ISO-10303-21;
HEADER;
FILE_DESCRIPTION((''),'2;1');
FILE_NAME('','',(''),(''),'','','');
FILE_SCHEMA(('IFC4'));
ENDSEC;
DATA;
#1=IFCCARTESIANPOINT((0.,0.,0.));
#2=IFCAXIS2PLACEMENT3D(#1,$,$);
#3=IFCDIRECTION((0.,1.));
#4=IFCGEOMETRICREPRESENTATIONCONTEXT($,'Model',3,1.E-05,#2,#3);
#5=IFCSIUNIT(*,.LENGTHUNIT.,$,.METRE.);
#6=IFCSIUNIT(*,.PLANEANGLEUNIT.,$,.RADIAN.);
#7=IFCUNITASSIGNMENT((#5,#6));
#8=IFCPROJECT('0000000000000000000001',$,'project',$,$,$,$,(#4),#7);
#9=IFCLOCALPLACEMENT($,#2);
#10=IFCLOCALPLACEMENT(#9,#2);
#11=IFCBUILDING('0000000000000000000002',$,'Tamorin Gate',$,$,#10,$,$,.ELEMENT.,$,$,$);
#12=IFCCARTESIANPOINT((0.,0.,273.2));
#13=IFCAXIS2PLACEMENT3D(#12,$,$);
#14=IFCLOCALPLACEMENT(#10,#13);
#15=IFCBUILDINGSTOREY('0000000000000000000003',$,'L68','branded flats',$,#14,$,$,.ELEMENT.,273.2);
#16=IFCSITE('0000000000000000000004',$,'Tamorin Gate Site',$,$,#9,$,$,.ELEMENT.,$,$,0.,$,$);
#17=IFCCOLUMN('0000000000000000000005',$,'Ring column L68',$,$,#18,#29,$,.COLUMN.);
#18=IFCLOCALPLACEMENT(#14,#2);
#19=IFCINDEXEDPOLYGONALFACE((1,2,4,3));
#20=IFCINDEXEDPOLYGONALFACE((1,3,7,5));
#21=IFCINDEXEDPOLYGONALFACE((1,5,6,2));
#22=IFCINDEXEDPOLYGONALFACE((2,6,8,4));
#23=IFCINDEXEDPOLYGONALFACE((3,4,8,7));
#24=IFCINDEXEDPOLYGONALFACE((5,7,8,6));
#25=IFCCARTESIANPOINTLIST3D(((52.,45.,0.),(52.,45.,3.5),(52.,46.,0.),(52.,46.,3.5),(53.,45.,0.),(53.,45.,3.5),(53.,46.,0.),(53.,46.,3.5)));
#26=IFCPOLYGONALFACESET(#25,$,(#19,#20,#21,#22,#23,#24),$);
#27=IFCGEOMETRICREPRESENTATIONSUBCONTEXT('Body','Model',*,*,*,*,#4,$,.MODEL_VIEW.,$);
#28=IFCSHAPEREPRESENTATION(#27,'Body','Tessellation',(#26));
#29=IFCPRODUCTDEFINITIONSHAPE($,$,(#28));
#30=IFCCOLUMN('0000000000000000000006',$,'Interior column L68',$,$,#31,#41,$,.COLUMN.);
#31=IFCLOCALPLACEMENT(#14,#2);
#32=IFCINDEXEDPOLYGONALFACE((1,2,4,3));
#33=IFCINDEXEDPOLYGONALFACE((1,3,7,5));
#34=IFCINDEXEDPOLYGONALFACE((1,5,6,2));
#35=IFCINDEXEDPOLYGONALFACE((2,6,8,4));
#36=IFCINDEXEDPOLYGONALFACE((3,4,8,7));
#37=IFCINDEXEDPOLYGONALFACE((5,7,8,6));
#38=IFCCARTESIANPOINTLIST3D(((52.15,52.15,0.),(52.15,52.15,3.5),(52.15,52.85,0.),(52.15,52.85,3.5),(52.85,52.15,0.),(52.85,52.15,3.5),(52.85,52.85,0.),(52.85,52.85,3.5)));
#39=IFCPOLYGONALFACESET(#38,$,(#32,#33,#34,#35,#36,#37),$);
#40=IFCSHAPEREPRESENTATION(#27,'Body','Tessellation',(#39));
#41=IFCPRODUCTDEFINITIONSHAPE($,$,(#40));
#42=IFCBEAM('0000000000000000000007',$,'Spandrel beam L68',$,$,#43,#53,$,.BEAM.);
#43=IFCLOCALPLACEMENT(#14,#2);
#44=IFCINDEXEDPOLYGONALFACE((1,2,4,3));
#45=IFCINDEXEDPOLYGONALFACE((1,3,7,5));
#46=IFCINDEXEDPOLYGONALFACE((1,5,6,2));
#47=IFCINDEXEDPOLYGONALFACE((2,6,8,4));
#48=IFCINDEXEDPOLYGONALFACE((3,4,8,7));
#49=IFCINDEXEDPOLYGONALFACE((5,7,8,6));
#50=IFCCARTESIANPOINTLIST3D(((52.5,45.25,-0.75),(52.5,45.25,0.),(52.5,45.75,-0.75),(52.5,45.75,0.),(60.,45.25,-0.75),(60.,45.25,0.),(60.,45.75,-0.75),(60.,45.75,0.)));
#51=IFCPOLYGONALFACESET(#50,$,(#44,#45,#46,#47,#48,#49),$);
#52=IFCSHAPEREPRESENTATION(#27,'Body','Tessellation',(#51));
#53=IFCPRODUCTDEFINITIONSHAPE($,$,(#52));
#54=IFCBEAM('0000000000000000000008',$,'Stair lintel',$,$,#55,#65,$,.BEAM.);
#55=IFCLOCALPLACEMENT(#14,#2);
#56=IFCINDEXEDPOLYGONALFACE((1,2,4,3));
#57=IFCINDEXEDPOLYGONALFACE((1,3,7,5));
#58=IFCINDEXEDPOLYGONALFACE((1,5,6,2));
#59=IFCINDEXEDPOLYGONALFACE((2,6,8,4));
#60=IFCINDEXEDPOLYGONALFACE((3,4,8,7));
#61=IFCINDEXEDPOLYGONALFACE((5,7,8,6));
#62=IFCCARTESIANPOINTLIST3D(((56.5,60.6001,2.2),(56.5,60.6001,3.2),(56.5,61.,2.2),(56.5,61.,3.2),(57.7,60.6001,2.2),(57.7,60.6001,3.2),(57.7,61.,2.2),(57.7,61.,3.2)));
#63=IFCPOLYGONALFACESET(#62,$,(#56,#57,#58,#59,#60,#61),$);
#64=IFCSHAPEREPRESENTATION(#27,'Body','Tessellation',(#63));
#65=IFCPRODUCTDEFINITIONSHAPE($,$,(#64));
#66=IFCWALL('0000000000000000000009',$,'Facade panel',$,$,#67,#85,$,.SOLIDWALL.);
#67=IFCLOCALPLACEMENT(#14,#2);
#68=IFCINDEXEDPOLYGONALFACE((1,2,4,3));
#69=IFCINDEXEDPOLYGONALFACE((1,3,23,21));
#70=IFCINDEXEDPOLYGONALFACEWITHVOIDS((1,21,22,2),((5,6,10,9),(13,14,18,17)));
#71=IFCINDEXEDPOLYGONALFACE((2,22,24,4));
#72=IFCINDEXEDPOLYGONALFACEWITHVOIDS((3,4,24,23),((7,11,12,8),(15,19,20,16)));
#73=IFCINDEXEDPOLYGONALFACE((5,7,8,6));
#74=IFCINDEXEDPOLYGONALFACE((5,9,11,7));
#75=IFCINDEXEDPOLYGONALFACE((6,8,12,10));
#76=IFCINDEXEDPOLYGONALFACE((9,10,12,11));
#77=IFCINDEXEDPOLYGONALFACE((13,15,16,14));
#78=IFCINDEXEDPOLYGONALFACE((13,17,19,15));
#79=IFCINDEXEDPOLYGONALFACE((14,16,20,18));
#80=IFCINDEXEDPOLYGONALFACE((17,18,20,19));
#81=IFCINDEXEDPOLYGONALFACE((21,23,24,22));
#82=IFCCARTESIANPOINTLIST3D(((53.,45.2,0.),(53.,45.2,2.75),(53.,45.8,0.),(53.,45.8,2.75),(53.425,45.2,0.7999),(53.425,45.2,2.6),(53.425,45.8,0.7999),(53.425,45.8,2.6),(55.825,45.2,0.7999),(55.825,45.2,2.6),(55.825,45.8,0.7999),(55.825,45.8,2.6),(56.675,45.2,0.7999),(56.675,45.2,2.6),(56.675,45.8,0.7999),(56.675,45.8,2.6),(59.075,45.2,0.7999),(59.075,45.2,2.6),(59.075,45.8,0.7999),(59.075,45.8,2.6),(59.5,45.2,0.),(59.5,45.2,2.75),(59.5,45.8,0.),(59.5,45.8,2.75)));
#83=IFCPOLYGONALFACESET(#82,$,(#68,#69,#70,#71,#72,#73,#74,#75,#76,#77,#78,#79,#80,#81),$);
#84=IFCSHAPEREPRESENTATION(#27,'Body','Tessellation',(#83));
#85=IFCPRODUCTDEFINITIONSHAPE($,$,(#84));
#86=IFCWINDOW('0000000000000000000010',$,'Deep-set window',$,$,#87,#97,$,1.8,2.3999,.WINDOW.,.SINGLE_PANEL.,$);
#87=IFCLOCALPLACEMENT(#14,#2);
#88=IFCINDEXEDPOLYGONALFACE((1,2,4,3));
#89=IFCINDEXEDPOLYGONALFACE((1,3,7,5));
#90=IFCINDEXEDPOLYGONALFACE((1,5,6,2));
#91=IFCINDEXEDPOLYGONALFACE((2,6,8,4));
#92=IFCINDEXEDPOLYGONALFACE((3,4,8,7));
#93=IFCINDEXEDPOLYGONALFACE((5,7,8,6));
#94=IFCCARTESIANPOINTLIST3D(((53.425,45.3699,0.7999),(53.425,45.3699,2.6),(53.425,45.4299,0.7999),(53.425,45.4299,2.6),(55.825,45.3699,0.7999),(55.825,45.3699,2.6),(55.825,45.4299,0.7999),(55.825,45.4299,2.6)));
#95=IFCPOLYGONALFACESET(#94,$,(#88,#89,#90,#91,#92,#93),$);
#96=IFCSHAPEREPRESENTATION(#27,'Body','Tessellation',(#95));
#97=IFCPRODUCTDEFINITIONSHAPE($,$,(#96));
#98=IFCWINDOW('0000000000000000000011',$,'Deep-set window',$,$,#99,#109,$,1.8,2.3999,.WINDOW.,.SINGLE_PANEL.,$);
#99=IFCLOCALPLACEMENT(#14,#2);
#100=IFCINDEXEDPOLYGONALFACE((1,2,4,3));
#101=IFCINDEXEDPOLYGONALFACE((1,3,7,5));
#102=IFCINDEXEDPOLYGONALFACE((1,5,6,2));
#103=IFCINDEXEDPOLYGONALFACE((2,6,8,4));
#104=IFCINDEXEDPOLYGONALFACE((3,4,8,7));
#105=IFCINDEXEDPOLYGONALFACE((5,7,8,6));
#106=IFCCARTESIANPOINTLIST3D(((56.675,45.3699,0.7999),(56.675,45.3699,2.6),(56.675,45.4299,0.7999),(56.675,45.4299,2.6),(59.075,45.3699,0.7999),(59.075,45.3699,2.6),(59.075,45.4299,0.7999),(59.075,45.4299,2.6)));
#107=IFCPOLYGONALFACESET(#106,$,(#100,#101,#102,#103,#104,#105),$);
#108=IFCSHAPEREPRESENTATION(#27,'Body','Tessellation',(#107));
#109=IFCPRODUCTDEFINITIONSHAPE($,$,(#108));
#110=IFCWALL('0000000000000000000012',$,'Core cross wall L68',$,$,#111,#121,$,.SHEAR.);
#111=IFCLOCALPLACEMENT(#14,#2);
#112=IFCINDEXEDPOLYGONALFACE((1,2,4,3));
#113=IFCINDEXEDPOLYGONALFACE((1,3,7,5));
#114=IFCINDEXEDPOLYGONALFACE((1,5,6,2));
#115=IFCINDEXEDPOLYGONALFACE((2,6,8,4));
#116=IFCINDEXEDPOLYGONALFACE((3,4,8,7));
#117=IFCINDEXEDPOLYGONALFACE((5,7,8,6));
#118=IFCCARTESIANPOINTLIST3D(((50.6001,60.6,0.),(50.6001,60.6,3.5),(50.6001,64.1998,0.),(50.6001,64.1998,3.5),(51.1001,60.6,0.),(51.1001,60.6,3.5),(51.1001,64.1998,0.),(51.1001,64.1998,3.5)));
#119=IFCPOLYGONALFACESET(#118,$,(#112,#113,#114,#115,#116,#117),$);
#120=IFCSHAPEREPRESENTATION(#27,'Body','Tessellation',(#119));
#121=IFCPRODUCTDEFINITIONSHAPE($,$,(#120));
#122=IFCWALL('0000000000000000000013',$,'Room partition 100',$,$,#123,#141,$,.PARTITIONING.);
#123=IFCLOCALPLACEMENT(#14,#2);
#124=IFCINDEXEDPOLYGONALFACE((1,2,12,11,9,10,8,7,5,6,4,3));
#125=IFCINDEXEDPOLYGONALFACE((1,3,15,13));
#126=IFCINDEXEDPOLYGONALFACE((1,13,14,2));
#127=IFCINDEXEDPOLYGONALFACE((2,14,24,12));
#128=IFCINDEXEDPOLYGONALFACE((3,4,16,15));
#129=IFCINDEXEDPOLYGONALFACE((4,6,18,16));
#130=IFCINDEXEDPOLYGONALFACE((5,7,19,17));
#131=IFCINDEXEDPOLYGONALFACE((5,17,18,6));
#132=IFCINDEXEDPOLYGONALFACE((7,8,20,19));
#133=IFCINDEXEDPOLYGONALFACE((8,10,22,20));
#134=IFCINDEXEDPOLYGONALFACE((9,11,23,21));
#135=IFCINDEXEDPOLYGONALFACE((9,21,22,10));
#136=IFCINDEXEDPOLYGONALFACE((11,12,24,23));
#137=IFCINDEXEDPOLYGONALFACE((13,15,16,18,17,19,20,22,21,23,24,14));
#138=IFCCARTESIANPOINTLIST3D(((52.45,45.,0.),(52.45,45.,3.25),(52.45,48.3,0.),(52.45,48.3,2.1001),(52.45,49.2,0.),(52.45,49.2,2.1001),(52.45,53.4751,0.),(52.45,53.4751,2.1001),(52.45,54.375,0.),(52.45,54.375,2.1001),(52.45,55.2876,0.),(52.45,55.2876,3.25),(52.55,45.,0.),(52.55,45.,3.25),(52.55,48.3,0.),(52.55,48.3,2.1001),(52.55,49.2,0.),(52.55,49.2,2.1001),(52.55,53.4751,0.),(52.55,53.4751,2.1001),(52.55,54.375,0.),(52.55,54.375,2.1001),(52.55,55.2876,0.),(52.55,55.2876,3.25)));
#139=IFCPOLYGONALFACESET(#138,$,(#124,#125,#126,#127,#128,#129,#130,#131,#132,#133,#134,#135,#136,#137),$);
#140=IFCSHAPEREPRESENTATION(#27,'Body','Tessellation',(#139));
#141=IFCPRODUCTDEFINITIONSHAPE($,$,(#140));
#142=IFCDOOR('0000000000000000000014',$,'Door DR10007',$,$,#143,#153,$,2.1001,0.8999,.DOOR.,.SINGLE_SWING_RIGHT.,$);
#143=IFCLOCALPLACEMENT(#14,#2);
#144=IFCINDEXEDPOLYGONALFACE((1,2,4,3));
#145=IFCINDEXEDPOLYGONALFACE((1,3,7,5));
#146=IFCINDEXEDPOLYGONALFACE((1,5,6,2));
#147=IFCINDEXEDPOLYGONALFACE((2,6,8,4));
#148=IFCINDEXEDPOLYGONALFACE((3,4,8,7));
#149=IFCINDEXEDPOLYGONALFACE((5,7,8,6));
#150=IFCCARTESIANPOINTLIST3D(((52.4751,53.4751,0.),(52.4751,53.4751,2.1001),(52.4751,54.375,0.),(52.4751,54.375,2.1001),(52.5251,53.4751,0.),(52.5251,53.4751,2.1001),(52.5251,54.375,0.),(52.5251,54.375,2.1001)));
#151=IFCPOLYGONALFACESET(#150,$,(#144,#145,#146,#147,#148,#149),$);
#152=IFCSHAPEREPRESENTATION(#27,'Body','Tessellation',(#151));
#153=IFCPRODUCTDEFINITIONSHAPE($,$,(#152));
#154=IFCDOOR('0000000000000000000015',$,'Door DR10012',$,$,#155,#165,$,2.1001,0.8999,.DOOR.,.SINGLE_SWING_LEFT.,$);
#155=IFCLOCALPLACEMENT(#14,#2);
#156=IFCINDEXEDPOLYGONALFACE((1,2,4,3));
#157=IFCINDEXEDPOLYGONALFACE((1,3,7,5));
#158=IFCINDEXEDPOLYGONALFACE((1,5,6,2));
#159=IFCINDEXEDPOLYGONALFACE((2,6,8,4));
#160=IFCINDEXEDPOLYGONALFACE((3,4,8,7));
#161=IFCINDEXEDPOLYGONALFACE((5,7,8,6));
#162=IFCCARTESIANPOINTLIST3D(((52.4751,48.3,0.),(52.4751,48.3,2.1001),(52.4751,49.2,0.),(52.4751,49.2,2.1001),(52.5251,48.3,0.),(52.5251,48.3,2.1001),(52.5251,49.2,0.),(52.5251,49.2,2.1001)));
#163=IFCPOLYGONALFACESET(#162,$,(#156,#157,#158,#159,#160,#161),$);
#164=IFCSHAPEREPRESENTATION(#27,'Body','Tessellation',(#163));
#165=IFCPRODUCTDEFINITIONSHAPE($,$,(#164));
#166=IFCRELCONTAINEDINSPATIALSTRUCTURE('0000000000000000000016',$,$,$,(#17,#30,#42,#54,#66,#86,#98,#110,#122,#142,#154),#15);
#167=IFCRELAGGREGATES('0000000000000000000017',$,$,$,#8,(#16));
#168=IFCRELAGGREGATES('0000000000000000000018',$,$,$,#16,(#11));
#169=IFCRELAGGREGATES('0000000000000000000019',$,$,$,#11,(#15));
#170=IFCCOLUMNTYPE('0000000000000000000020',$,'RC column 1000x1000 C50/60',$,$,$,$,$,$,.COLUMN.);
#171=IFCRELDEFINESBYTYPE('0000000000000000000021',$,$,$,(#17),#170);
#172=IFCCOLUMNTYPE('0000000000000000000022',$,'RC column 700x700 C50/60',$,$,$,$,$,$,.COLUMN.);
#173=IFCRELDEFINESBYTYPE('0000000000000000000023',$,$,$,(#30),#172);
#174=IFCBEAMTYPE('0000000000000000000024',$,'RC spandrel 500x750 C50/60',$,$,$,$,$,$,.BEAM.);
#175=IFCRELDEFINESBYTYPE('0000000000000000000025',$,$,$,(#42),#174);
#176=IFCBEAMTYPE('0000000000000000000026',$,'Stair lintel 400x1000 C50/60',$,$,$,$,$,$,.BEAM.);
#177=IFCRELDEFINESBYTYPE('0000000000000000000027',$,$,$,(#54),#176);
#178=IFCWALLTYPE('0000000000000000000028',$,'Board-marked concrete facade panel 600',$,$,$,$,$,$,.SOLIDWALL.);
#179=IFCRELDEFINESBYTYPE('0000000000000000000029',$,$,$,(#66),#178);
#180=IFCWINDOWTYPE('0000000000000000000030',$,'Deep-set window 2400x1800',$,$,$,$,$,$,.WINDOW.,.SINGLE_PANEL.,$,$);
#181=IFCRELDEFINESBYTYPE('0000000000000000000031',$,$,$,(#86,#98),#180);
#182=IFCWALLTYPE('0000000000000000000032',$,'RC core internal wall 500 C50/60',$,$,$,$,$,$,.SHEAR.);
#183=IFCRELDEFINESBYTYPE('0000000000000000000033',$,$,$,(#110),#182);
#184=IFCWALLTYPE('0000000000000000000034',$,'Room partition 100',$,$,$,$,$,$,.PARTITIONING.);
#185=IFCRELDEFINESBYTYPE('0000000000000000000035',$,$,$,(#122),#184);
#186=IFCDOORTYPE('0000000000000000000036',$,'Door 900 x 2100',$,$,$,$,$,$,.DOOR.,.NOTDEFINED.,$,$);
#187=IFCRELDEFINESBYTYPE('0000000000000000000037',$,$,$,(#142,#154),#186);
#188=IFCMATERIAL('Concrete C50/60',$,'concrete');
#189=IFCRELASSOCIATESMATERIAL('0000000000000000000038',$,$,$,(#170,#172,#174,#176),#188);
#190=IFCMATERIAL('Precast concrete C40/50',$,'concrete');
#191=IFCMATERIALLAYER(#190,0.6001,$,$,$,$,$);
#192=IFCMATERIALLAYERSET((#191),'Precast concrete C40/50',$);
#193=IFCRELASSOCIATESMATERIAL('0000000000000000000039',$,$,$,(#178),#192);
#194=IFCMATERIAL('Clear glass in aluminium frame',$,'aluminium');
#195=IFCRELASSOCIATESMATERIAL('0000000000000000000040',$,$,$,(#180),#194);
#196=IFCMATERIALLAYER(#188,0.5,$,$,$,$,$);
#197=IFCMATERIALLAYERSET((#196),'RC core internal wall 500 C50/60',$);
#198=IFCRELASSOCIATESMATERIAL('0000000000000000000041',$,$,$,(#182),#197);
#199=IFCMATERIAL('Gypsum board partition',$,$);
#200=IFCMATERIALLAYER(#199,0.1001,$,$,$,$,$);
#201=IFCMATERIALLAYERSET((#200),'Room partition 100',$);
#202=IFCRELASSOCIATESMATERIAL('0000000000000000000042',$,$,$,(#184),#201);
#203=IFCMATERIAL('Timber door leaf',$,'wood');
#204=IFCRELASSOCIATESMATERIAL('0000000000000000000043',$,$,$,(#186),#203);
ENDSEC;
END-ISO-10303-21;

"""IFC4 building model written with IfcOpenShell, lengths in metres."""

from ifc_helpers import new_model, si_unit, direction, frame, frame_2d, origin, origin_2d, place, context, subcontext, project, spatial, rectangle, extrude, material, layer, layer_set, material_profile, profile_set, type_object, element, fill, save


model = new_model("IFC4")

# Units and contexts
model_context = context("Model", 3, precision=1e-05, world=origin(), true_north=direction((0.0, 1.0)))
body_context = subcontext(model_context, "Body", "Model", "MODEL_VIEW")
ifc_project = project(units=[si_unit("LENGTHUNIT", "METRE"), si_unit("PLANEANGLEUNIT", "RADIAN")], contexts=[model_context])

# Site, building, storey
site_placement = place(None, origin())
site = spatial("IfcSite", under=ifc_project, at=site_placement, Name="Tamorin Gate Site", CompositionType="ELEMENT", RefElevation=0.0)
building_placement = place(site_placement, origin())
building = spatial("IfcBuilding", under=site, at=building_placement, Name="Tamorin Gate", CompositionType="ELEMENT")
storey_placement = place(building_placement, frame((0.0, 0.0, 273.2)))
storey = spatial("IfcBuildingStorey", under=building, at=storey_placement, Name="L68", Description="branded flats", CompositionType="ELEMENT", Elevation=273.2)

# Columns
ifc_material_1 = material(Name="Concrete C50/60", Category="concrete")
ifc_material_profile_1 = material_profile(ifc_material_1, rectangle(XDim=1.0, YDim=1.0, at=origin_2d()), Name="RC 1000x1000")
ifc_profile_set_1 = profile_set([ifc_material_profile_1], Name="Concrete C50/60")
column_type_1 = type_object("IfcColumnType", Name="RC column 1000x1000 C50/60", PredefinedType="COLUMN", material=ifc_profile_set_1)
column_1_placement = place(storey_placement, frame((52.5, 45.5, 0.0), z_axis=(0.0, 0.0, 1.0), x_axis=(1.0, 0.0, 0.0)))
element("IfcColumn", 1, at=column_1_placement, inside=storey, type_object=column_type_1, Name="Ring column L68", PredefinedType="COLUMN", context=body_context, shape_type="SweptSolid", body=[
    extrude(rectangle(XDim=1.0, YDim=1.0, at=origin_2d()), origin(), (0.0, 0.0, 1.0), 3.5),
])
ifc_material_profile_2 = material_profile(ifc_material_1, rectangle(XDim=0.7, YDim=0.7, at=origin_2d()), Name="RC 700x700")
ifc_profile_set_2 = profile_set([ifc_material_profile_2], Name="Concrete C50/60")
column_type_2 = type_object("IfcColumnType", Name="RC column 700x700 C50/60", PredefinedType="COLUMN", material=ifc_profile_set_2)
column_2_placement = place(storey_placement, frame((52.5, 52.5, 0.0), z_axis=(0.0, 0.0, 1.0), x_axis=(1.0, 0.0, 0.0)))
element("IfcColumn", 2, at=column_2_placement, inside=storey, type_object=column_type_2, Name="Interior column L68", PredefinedType="COLUMN", context=body_context, shape_type="SweptSolid", body=[
    extrude(rectangle(XDim=0.7, YDim=0.7, at=origin_2d()), origin(), (0.0, 0.0, 1.0), 3.5),
])

# Beams
ifc_material_profile_3 = material_profile(ifc_material_1, rectangle(XDim=0.5, YDim=0.75, at=origin_2d()), Name="RC 500x750")
ifc_profile_set_3 = profile_set([ifc_material_profile_3], Name="Concrete C50/60")
beam_type_1 = type_object("IfcBeamType", Name="RC spandrel 500x750 C50/60", PredefinedType="BEAM", material=ifc_profile_set_3)
beam_1_placement = place(storey_placement, frame((52.5, 45.5, -0.375), z_axis=(1.0, 0.0, 0.0), x_axis=(0.0, 1.0, 0.0)))
element("IfcBeam", 3, at=beam_1_placement, inside=storey, type_object=beam_type_1, Name="Spandrel beam L68", PredefinedType="BEAM", context=body_context, shape_type="SweptSolid", body=[
    extrude(rectangle(XDim=0.5, YDim=0.75, at=origin_2d()), origin(), (0.0, 0.0, 1.0), 7.5),
])
ifc_material_profile_4 = material_profile(ifc_material_1, rectangle(XDim=0.3999, YDim=1.0, at=origin_2d()))
ifc_profile_set_4 = profile_set([ifc_material_profile_4], Name="Concrete C50/60")
beam_type_2 = type_object("IfcBeamType", Name="Stair lintel 400x1000 C50/60", PredefinedType="BEAM", material=ifc_profile_set_4)
beam_2_placement = place(storey_placement, frame((56.5, 60.8, 2.7), z_axis=(1.0, 0.0, 0.0), x_axis=(0.0, 1.0, 0.0)))
element("IfcBeam", 4, at=beam_2_placement, inside=storey, type_object=beam_type_2, Name="Stair lintel", PredefinedType="BEAM", context=body_context, shape_type="SweptSolid", body=[
    extrude(rectangle(XDim=0.3999, YDim=1.0, at=origin_2d()), origin(), (0.0, 0.0, 1.0), 1.2),
])

# Wall, openings, windows
ifc_material_2 = material(Name="Precast concrete C40/50", Category="concrete")
ifc_layer_1 = layer(ifc_material_2, 0.6001)
ifc_layer_set_1 = layer_set([ifc_layer_1], Name="Precast concrete C40/50")
wall_type_1 = type_object("IfcWallType", Name="Board-marked concrete facade panel 600", PredefinedType="SOLIDWALL", material=ifc_layer_set_1)
wall_1_placement = place(storey_placement, frame((53.0, 45.5, 0.0), z_axis=(0.0, 0.0, 1.0), x_axis=(1.0, 0.0, 0.0)))
wall_1 = element("IfcWall", 5, at=wall_1_placement, inside=storey, type_object=wall_type_1, Name="Facade panel", PredefinedType="SOLIDWALL", context=body_context, shape_type="SweptSolid", body=[
    extrude(rectangle(XDim=6.5, YDim=0.6001, at=frame_2d((3.25, 0.0))), origin(), (0.0, 0.0, 1.0), 2.75),
])
opening_1_placement = place(wall_1_placement, frame((0.425, 0.0, 0.8)))
opening_1 = element("IfcOpeningElement", 6, at=opening_1_placement, cuts=wall_1, PredefinedType="OPENING", context=body_context, shape_type="SweptSolid", body=[
    extrude(rectangle(XDim=2.3999, YDim=1.8, at=frame_2d((1.2, 0.8999))), frame((0.0, 0.3101, 0.0), z_axis=(0.0, -1.0, 0.0), x_axis=(1.0, 0.0, 0.0)), (0.0, 0.0, 1.0), 0.6201),
])
opening_2_placement = place(wall_1_placement, frame((3.675, 0.0, 0.8)))
opening_2 = element("IfcOpeningElement", 7, at=opening_2_placement, cuts=wall_1, PredefinedType="OPENING", context=body_context, shape_type="SweptSolid", body=[
    extrude(rectangle(XDim=2.3999, YDim=1.8, at=frame_2d((1.2, 0.8999))), frame((0.0, 0.3101, 0.0), z_axis=(0.0, -1.0, 0.0), x_axis=(1.0, 0.0, 0.0)), (0.0, 0.0, 1.0), 0.6201),
])
ifc_material_3 = material(Name="Clear glass in aluminium frame", Category="aluminium")
window_type = type_object("IfcWindowType", Name="Deep-set window 2400x1800", PartitioningType="SINGLE_PANEL", PredefinedType="WINDOW", material=ifc_material_3)
window_1_placement = place(opening_1_placement, origin())
window_1 = element("IfcWindow", 8, at=window_1_placement, inside=storey, type_object=window_type, Name="Deep-set window", OverallHeight=1.8, OverallWidth=2.3999, PartitioningType="SINGLE_PANEL", PredefinedType="WINDOW", context=body_context, shape_type="SweptSolid", body=[
    extrude(rectangle(XDim=2.3999, YDim=1.8, at=frame_2d((1.2, 0.8999))), frame((0.0, -0.0701, 0.0), z_axis=(0.0, -1.0, 0.0), x_axis=(1.0, 0.0, 0.0)), (0.0, 0.0, 1.0), 0.0601),
])
fill(opening_1, window_1)
window_2_placement = place(opening_2_placement, origin())
window_2 = element("IfcWindow", 9, at=window_2_placement, inside=storey, type_object=window_type, Name="Deep-set window", OverallHeight=1.8, OverallWidth=2.3999, PartitioningType="SINGLE_PANEL", PredefinedType="WINDOW", context=body_context, shape_type="SweptSolid", body=[
    extrude(rectangle(XDim=2.3999, YDim=1.8, at=frame_2d((1.2, 0.8999))), frame((0.0, -0.0701, 0.0), z_axis=(0.0, -1.0, 0.0), x_axis=(1.0, 0.0, 0.0)), (0.0, 0.0, 1.0), 0.0601),
])
fill(opening_2, window_2)

# Wall
ifc_layer_2 = layer(ifc_material_1, 0.5)
ifc_layer_set_2 = layer_set([ifc_layer_2], Name="RC core internal wall 500 C50/60")
wall_type_2 = type_object("IfcWallType", Name="RC core internal wall 500 C50/60", PredefinedType="SHEAR", material=ifc_layer_set_2)
wall_2_placement = place(storey_placement, frame((50.8501, 60.6001, 0.0), z_axis=(0.0, 0.0, 1.0), x_axis=(0.0, 1.0, 0.0)))
element("IfcWall", 10, at=wall_2_placement, inside=storey, type_object=wall_type_2, Name="Core cross wall L68", PredefinedType="SHEAR", context=body_context, shape_type="SweptSolid", body=[
    extrude(rectangle(XDim=3.5999, YDim=0.5, at=frame_2d((1.7998, 0.0))), origin(), (0.0, 0.0, 1.0), 3.5),
])

# Wall, openings, doors
ifc_material_4 = material(Name="Gypsum board partition")
ifc_layer_3 = layer(ifc_material_4, 0.1001)
ifc_layer_set_3 = layer_set([ifc_layer_3], Name="Room partition 100")
wall_type_3 = type_object("IfcWallType", Name="Room partition 100", PredefinedType="PARTITIONING", material=ifc_layer_set_3)
wall_3_placement = place(storey_placement, frame((52.5, 45.0, 0.0), z_axis=(0.0, 0.0, 1.0), x_axis=(0.0, 1.0, 0.0)))
wall_3 = element("IfcWall", 11, at=wall_3_placement, inside=storey, type_object=wall_type_3, Name="Room partition 100", PredefinedType="PARTITIONING", context=body_context, shape_type="SweptSolid", body=[
    extrude(rectangle(XDim=10.2876, YDim=0.1001, at=frame_2d((5.1438, 0.0))), origin(), (0.0, 0.0, 1.0), 3.25),
])
opening_3_placement = place(wall_3_placement, frame((8.4751, 0.0, 0.0)))
opening_3 = element("IfcOpeningElement", 12, at=opening_3_placement, cuts=wall_3, PredefinedType="OPENING", context=body_context, shape_type="SweptSolid", body=[
    extrude(rectangle(XDim=0.8999, YDim=2.1001, at=frame_2d((0.45, 1.05))), frame((0.0, 0.0601, 0.0), z_axis=(0.0, -1.0, 0.0), x_axis=(1.0, 0.0, 0.0)), (0.0, 0.0, 1.0), 0.1201),
])
opening_4_placement = place(wall_3_placement, frame((3.3, 0.0, 0.0)))
opening_4 = element("IfcOpeningElement", 13, at=opening_4_placement, cuts=wall_3, PredefinedType="OPENING", context=body_context, shape_type="SweptSolid", body=[
    extrude(rectangle(XDim=0.8999, YDim=2.1001, at=frame_2d((0.45, 1.05))), frame((0.0, 0.0601, 0.0), z_axis=(0.0, -1.0, 0.0), x_axis=(1.0, 0.0, 0.0)), (0.0, 0.0, 1.0), 0.1201),
])
ifc_material_5 = material(Name="Timber door leaf", Category="wood")
door_type = type_object("IfcDoorType", Name="Door 900 x 2100", OperationType="NOTDEFINED", PredefinedType="DOOR", material=ifc_material_5)
door_1_placement = place(opening_3_placement, origin())
door_1 = element("IfcDoor", 14, at=door_1_placement, inside=storey, type_object=door_type, Name="Door DR10007", OperationType="SINGLE_SWING_RIGHT", OverallHeight=2.1001, OverallWidth=0.8999, PredefinedType="DOOR", context=body_context, shape_type="SweptSolid", body=[
    extrude(rectangle(XDim=0.8999, YDim=2.1001, at=frame_2d((0.45, 1.05))), frame((0.0, 0.0249, 0.0), z_axis=(0.0, -1.0, 0.0), x_axis=(1.0, 0.0, 0.0)), (0.0, 0.0, 1.0), 0.05),
])
fill(opening_3, door_1)
door_2_placement = place(opening_4_placement, origin())
door_2 = element("IfcDoor", 15, at=door_2_placement, inside=storey, type_object=door_type, Name="Door DR10012", OperationType="SINGLE_SWING_LEFT", OverallHeight=2.1001, OverallWidth=0.8999, PredefinedType="DOOR", context=body_context, shape_type="SweptSolid", body=[
    extrude(rectangle(XDim=0.8999, YDim=2.1001, at=frame_2d((0.45, 1.05))), frame((0.0, 0.0249, 0.0), z_axis=(0.0, -1.0, 0.0), x_axis=(1.0, 0.0, 0.0)), (0.0, 0.0, 1.0), 0.05),
])
fill(opening_4, door_2)

save(model, "model.ifc")
